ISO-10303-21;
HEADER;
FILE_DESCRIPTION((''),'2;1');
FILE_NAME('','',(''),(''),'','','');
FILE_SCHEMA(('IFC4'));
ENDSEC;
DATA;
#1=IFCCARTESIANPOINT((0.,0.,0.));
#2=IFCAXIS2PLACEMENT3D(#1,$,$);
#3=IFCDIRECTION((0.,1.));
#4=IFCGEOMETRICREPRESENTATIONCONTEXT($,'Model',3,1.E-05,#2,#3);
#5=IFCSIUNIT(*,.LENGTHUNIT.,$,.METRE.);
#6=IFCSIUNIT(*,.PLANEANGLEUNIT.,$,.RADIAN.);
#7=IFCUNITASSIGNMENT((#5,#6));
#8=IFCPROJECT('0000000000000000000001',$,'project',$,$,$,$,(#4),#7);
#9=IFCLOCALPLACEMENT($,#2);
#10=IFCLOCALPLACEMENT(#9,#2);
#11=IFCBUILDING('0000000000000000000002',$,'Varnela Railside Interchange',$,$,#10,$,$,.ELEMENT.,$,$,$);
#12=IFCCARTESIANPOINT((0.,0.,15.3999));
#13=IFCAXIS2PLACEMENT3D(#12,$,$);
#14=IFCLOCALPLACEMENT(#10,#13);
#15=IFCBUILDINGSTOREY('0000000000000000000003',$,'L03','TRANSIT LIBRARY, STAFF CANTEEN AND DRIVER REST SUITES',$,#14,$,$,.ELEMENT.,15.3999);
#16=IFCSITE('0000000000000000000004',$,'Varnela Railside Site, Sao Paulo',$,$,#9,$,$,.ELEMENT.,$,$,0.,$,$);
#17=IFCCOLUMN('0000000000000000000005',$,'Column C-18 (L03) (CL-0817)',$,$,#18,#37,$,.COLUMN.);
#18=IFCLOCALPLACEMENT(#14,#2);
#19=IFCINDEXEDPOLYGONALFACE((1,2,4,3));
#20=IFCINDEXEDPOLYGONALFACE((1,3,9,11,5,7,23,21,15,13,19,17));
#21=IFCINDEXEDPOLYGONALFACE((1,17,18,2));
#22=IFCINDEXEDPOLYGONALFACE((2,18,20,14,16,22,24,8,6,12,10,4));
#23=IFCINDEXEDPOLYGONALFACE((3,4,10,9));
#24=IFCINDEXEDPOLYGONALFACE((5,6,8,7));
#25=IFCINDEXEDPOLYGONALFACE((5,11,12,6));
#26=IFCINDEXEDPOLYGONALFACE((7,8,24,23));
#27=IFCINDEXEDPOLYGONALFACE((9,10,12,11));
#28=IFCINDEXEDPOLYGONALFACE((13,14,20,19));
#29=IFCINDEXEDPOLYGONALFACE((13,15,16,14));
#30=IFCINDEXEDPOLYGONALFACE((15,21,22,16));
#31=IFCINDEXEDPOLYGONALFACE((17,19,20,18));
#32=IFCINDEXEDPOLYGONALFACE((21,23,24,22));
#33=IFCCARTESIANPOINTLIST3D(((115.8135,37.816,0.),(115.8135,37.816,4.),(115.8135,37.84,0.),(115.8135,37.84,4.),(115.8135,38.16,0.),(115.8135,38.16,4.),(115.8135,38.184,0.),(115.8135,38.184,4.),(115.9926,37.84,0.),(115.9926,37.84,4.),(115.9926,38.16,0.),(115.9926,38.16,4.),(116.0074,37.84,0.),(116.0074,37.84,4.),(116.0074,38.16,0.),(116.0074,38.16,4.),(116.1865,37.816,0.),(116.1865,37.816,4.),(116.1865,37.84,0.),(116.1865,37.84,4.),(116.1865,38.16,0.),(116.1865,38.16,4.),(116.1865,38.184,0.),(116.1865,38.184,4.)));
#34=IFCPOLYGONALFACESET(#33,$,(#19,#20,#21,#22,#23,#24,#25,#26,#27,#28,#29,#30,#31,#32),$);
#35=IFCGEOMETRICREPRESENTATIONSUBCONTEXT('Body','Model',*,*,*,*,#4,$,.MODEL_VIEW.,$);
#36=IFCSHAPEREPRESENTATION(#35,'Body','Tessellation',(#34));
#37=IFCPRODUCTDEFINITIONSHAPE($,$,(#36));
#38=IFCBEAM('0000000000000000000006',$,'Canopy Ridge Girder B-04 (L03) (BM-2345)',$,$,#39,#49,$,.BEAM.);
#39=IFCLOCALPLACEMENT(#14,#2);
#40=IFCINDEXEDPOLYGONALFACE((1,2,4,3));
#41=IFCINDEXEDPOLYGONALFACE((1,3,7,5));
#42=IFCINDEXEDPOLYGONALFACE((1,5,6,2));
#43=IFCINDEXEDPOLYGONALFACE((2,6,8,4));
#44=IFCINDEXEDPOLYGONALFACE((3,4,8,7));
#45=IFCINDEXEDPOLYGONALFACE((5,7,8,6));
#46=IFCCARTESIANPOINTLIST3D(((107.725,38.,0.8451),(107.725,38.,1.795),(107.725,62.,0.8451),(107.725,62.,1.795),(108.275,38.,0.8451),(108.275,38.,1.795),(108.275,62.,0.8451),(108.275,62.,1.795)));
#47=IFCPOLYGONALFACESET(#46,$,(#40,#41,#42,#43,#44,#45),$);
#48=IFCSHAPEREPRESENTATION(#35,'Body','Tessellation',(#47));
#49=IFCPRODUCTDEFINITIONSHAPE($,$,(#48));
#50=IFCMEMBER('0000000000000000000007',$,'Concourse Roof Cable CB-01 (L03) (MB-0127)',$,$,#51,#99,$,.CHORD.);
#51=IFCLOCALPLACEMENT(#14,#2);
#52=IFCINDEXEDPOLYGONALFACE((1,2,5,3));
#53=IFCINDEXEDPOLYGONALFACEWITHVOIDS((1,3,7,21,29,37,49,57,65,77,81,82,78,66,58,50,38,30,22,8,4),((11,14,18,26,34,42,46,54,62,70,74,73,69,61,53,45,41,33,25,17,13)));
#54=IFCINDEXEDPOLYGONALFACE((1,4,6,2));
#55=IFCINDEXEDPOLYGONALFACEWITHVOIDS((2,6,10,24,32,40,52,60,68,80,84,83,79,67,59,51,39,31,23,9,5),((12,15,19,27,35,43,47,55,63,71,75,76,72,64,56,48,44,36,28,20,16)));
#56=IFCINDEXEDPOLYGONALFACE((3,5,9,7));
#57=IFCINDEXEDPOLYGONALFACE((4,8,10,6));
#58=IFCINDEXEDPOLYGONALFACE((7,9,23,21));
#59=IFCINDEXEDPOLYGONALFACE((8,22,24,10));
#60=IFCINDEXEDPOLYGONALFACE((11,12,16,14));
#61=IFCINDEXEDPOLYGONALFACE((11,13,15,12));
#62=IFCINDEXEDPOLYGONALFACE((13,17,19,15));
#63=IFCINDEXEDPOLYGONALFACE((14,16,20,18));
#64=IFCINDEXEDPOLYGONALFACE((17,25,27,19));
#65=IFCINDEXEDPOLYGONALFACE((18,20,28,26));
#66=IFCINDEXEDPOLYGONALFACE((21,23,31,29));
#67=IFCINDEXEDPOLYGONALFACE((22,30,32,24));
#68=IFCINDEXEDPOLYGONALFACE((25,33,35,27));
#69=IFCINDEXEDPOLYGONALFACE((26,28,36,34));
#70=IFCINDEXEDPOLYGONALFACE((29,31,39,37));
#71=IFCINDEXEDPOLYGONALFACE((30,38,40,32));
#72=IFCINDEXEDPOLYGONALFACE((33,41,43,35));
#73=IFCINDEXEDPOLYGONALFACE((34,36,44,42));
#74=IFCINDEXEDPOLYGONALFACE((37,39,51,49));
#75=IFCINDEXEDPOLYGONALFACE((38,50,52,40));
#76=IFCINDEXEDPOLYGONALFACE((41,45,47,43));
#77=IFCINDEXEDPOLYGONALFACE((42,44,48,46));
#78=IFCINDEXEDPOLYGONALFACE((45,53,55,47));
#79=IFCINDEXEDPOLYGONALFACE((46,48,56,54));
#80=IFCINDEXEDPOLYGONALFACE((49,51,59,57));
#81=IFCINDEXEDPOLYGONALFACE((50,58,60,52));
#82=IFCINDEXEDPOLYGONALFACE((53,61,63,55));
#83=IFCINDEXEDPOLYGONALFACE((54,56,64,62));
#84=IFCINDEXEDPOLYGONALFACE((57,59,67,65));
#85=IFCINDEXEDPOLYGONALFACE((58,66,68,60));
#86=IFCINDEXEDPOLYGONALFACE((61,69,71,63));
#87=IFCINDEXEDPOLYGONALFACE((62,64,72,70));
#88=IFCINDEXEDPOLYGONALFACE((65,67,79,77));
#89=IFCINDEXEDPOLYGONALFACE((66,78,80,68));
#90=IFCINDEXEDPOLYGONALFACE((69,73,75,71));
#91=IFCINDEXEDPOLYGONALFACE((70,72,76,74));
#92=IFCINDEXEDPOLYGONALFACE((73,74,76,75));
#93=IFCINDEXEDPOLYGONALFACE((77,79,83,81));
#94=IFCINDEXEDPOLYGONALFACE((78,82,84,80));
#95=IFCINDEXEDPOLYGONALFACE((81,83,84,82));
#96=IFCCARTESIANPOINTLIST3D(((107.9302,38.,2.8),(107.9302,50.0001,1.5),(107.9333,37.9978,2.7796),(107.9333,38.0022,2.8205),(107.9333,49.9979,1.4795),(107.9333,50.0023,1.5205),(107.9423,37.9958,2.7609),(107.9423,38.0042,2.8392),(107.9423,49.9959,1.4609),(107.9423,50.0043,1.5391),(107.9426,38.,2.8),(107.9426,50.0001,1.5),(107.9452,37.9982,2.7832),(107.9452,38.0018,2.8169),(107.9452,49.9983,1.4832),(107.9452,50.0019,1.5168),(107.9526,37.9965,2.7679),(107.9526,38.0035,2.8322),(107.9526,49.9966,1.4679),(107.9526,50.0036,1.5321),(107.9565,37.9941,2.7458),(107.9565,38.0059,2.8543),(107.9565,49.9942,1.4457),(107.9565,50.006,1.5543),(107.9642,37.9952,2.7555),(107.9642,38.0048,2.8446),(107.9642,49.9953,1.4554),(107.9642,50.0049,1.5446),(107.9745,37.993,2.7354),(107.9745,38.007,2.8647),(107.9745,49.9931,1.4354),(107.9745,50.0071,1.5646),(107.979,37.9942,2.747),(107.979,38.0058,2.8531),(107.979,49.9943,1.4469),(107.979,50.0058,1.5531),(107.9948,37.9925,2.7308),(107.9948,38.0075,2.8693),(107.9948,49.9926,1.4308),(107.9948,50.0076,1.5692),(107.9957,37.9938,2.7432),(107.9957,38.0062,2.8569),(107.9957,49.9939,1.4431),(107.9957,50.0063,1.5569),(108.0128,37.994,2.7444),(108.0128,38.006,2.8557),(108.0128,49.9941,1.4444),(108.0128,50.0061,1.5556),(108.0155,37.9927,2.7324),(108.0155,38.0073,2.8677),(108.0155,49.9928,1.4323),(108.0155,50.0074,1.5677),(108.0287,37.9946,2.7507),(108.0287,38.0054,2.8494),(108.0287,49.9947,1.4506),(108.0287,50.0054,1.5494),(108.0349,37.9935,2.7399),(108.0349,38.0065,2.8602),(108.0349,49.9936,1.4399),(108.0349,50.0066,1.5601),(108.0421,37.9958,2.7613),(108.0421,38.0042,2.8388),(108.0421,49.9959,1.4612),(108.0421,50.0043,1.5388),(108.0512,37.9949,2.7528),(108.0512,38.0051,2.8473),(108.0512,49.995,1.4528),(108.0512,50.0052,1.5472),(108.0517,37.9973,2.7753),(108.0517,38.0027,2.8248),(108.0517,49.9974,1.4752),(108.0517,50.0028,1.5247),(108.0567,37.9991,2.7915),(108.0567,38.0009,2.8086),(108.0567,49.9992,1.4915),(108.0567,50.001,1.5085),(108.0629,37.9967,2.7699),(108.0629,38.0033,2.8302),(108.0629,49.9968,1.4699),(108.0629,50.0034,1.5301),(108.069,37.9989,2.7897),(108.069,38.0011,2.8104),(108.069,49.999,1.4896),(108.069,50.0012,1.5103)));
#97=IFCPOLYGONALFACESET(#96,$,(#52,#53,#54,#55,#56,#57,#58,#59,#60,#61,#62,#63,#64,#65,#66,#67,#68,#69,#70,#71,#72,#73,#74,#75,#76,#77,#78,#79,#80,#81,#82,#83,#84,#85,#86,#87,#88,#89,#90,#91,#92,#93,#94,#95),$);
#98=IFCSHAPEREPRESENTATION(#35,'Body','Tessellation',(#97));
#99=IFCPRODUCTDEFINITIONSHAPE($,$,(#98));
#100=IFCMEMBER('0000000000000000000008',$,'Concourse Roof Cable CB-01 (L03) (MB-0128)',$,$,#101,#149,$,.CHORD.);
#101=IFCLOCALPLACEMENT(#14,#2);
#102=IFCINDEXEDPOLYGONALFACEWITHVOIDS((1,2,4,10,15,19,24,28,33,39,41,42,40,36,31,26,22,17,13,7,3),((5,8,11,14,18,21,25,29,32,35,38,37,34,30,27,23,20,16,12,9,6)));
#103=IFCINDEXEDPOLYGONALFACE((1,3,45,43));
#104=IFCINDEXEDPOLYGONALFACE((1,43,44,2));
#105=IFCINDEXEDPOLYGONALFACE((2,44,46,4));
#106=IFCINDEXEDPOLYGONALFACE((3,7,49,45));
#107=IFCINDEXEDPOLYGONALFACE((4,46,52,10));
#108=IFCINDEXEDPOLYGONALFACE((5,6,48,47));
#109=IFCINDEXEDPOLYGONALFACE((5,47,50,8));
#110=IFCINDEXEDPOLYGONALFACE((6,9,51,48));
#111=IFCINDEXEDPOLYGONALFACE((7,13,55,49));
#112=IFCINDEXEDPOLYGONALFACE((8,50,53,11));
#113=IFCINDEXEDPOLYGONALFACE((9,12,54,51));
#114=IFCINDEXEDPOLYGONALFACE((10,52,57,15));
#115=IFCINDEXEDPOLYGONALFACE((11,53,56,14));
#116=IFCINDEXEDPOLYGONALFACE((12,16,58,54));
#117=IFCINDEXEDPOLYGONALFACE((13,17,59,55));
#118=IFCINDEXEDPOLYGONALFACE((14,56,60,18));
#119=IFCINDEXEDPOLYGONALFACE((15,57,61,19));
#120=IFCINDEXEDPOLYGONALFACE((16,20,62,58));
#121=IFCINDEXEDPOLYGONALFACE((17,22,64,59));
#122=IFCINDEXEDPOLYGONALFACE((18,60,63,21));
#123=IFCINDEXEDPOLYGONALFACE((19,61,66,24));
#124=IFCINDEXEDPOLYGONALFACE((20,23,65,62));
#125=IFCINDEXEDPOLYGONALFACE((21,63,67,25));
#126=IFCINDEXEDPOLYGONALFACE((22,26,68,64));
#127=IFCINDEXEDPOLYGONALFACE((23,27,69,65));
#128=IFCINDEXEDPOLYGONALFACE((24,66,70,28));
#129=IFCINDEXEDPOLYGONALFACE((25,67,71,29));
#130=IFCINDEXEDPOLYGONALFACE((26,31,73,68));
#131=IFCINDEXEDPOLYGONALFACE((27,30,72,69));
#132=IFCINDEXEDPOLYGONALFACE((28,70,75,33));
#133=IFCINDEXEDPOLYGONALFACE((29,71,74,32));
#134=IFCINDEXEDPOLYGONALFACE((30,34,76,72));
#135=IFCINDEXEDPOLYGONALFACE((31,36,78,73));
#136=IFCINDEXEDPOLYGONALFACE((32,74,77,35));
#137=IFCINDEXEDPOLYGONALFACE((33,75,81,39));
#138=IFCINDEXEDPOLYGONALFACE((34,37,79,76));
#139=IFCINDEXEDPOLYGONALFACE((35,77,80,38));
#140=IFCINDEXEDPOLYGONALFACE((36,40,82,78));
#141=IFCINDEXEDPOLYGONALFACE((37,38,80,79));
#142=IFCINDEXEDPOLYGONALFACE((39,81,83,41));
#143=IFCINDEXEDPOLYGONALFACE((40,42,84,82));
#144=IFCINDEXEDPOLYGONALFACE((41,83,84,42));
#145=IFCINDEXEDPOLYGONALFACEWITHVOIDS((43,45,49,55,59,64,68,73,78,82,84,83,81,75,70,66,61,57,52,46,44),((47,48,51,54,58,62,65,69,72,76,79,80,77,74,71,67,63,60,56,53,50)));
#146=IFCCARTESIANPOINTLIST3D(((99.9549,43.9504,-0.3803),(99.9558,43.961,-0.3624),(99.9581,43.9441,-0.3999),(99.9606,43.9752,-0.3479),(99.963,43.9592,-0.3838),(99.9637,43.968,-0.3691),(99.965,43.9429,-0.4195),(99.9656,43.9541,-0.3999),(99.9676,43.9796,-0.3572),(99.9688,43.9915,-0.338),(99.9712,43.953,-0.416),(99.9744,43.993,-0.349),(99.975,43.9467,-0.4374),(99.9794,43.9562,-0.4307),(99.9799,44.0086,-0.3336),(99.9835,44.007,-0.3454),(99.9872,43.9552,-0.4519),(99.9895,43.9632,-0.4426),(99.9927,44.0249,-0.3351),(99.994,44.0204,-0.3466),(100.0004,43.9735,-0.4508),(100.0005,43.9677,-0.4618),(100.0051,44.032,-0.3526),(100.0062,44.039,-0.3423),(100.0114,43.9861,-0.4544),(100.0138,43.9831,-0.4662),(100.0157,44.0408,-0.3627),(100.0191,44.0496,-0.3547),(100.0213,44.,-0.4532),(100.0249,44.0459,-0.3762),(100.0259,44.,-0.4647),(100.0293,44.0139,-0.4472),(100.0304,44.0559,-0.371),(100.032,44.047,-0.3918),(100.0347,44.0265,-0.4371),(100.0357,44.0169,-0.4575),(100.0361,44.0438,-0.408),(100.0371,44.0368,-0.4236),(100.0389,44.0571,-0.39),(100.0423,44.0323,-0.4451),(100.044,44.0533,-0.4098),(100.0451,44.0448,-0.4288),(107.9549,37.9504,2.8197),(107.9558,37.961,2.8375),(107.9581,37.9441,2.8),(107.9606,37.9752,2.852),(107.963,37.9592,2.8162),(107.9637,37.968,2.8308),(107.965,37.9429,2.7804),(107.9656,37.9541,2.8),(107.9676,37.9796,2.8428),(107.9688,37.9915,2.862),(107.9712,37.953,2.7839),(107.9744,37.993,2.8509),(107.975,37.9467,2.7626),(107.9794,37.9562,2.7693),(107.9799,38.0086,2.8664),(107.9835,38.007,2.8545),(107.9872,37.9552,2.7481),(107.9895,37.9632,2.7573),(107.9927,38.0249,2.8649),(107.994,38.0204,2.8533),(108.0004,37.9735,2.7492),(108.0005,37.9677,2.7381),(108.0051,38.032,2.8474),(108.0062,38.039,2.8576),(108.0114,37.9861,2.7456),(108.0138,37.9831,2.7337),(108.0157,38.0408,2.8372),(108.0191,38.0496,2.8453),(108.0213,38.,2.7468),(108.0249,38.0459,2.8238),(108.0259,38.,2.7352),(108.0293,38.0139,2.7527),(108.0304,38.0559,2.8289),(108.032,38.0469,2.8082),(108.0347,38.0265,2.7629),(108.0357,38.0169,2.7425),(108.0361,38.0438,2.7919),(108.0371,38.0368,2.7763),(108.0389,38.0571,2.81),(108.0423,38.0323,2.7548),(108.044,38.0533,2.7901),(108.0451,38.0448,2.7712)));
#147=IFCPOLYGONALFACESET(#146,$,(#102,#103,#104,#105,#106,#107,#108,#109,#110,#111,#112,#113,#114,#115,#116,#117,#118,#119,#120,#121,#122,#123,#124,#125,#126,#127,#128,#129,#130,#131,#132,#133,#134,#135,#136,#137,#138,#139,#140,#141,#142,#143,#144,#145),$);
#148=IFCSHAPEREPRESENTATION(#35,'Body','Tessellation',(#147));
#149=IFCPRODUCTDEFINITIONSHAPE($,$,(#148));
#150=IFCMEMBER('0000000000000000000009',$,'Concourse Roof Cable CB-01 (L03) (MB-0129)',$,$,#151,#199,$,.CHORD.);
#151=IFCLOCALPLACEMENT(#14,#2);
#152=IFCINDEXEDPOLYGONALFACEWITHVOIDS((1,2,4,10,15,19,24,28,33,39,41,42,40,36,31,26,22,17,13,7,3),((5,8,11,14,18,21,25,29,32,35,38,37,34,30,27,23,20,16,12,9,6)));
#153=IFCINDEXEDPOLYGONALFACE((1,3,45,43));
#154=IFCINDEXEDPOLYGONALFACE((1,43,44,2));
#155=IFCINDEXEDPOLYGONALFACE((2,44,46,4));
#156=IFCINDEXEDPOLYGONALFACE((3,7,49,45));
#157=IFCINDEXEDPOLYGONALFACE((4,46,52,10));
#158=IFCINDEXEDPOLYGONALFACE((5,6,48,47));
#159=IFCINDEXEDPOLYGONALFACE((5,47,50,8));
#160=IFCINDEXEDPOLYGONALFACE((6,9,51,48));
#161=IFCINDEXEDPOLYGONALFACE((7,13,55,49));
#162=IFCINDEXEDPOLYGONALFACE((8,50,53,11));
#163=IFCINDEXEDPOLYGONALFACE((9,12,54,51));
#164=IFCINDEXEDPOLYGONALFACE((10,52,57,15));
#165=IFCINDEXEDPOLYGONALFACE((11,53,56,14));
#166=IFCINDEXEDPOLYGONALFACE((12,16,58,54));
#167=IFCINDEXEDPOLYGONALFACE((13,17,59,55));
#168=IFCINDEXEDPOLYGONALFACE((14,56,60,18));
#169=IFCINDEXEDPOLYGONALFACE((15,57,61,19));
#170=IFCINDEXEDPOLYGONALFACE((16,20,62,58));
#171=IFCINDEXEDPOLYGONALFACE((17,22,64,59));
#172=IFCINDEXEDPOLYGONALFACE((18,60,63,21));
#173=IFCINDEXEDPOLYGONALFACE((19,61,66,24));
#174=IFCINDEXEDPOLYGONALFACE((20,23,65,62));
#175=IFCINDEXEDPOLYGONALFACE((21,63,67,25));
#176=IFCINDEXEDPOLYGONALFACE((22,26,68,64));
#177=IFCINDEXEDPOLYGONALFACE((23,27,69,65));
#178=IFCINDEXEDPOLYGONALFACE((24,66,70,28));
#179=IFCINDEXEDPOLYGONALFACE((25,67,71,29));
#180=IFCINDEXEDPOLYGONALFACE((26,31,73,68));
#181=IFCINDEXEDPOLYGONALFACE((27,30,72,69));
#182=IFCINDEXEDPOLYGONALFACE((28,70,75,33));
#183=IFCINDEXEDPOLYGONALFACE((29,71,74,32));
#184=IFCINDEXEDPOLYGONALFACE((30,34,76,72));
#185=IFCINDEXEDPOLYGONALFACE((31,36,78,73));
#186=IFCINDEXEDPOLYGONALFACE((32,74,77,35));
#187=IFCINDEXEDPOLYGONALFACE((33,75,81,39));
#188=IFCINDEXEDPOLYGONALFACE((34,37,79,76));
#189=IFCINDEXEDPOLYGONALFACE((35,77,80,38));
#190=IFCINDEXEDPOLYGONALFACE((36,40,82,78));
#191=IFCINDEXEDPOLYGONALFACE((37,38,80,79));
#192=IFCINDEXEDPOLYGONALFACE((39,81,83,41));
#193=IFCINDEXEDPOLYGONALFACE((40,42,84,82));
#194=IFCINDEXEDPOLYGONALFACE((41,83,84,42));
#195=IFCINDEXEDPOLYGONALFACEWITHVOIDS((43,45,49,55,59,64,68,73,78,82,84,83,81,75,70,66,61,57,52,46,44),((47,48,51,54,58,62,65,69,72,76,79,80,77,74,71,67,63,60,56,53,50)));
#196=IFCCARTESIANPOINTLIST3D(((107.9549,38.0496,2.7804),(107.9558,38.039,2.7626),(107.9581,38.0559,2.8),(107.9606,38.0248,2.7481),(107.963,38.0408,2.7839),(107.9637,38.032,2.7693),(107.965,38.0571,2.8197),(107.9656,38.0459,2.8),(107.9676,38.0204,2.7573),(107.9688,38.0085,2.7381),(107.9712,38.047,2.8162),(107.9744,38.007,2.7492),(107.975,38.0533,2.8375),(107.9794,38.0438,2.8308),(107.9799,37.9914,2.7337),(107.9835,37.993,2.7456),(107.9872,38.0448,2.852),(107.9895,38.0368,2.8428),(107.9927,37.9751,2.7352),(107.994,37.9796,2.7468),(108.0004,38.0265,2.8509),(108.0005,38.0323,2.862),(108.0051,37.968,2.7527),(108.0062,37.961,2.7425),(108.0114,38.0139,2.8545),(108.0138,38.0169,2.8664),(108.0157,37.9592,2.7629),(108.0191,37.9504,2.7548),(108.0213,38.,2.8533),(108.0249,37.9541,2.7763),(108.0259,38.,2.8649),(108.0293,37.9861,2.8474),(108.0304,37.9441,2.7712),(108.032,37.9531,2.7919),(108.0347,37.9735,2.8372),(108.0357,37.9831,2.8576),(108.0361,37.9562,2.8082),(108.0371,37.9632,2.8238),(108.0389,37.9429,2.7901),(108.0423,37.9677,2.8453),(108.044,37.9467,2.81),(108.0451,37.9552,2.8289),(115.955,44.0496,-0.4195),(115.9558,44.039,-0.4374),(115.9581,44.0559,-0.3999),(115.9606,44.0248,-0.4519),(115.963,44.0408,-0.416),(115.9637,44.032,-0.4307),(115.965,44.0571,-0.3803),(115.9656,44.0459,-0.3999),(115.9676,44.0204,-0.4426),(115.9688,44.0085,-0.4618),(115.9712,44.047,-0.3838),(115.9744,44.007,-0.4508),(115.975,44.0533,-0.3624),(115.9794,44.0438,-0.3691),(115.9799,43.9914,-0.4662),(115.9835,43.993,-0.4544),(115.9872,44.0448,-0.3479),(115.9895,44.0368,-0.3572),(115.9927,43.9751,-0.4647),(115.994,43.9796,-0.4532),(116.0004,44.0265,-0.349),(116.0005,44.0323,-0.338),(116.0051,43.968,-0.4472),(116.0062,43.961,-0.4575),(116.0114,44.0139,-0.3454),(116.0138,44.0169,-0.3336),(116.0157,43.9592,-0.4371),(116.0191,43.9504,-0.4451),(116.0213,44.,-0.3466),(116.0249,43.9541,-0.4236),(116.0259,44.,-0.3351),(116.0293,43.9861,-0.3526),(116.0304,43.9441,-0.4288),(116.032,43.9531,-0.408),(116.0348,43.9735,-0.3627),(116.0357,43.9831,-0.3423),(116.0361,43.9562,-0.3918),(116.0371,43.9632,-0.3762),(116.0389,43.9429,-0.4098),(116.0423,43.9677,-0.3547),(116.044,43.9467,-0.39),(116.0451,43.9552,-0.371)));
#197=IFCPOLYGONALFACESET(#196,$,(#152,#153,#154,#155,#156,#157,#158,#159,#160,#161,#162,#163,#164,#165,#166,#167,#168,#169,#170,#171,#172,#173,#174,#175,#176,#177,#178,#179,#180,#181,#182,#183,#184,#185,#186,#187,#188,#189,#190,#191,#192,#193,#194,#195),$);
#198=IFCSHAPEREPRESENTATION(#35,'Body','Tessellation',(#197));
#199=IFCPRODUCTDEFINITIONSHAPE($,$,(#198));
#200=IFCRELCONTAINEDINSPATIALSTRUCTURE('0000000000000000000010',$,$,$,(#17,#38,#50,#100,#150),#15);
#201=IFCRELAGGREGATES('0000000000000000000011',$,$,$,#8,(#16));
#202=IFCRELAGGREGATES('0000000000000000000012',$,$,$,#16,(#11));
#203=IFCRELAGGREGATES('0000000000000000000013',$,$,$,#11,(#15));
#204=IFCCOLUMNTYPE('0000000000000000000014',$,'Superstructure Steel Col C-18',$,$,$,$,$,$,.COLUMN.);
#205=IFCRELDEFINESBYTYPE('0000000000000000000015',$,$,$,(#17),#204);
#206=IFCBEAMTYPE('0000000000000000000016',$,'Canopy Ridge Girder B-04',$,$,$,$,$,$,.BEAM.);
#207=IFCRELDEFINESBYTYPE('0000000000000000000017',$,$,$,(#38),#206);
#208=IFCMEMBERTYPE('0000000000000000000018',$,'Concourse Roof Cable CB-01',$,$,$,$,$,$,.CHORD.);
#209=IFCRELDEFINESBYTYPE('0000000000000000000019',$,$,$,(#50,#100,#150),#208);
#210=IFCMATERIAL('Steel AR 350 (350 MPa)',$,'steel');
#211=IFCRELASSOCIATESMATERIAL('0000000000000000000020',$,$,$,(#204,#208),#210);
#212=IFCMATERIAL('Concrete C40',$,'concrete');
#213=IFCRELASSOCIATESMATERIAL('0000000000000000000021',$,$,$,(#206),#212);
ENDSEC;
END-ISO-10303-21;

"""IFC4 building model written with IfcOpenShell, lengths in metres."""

from ifc_helpers import new_model, si_unit, direction, frame, origin, origin_2d, place, context, subcontext, project, spatial, rectangle, hollow_circle, i_section, extrude, material, material_profile, profile_set, type_object, element, save


model = new_model("IFC4")

# Units and contexts
model_context = context("Model", 3, precision=1e-05, world=origin(), true_north=direction((0.0, 1.0)))
body_context = subcontext(model_context, "Body", "Model", "MODEL_VIEW")
ifc_project = project(units=[si_unit("LENGTHUNIT", "METRE"), si_unit("PLANEANGLEUNIT", "RADIAN")], contexts=[model_context])

# Site, building, storey
site_placement = place(None, origin())
site = spatial("IfcSite", under=ifc_project, at=site_placement, Name="Varnela Railside Site, Sao Paulo", CompositionType="ELEMENT", RefElevation=0.0)
building_placement = place(site_placement, origin())
building = spatial("IfcBuilding", under=site, at=building_placement, Name="Varnela Railside Interchange", CompositionType="ELEMENT")
storey_placement = place(building_placement, frame((0.0, 0.0, 15.3999)))
storey = spatial("IfcBuildingStorey", under=building, at=storey_placement, Name="L03", Description="TRANSIT LIBRARY, STAFF CANTEEN AND DRIVER REST SUITES", CompositionType="ELEMENT", Elevation=15.3999)

# Column
ifc_material_1 = material(Name="Steel AR 350 (350 MPa)", Category="steel")
ifc_material_profile_1 = material_profile(ifc_material_1, i_section(OverallWidth=0.373, OverallDepth=0.3679, WebThickness=0.0149, FlangeThickness=0.0239, at=origin_2d()), Name="W360x179")
ifc_profile_set_1 = profile_set([ifc_material_profile_1], Name="Steel AR 350 (350 MPa)")
column_type = type_object("IfcColumnType", Name="Superstructure Steel Col C-18", PredefinedType="COLUMN", material=ifc_profile_set_1)
column_placement = place(storey_placement, frame((116.0, 38.0, 0.0), z_axis=(0.0, 0.0, 1.0), x_axis=(1.0, 0.0, 0.0)))
element("IfcColumn", 1, at=column_placement, inside=storey, type_object=column_type, Name="Column C-18 (L03) (CL-0817)", PredefinedType="COLUMN", context=body_context, shape_type="SweptSolid", body=[
    extrude(i_section(OverallWidth=0.373, OverallDepth=0.3679, WebThickness=0.0149, FlangeThickness=0.0239, at=origin_2d()), origin(), (0.0, 0.0, 1.0), 4.0),
])

# Beam
ifc_material_2 = material(Name="Concrete C40", Category="concrete")
ifc_material_profile_2 = material_profile(ifc_material_2, rectangle(XDim=0.55, YDim=0.95, at=origin_2d()), Name="RC 550x950")
ifc_profile_set_2 = profile_set([ifc_material_profile_2], Name="Concrete C40")
beam_type_1 = type_object("IfcBeamType", Name="Canopy Ridge Girder B-04", PredefinedType="BEAM", material=ifc_profile_set_2)
beam_1_placement = place(storey_placement, frame((108.0, 38.0, 1.3201), z_axis=(0.0, 1.0, 0.0), x_axis=(-1.0, 0.0, 0.0)))
element("IfcBeam", 2, at=beam_1_placement, inside=storey, type_object=beam_type_1, Name="Canopy Ridge Girder B-04 (L03) (BM-2345)", PredefinedType="BEAM", context=body_context, shape_type="SweptSolid", body=[
    extrude(rectangle(XDim=0.55, YDim=0.95, at=origin_2d()), origin(), (0.0, 0.0, 1.0), 24.0),
])

# Members
ifc_material_profile_3 = material_profile(ifc_material_1, hollow_circle(Radius=0.0698, WallThickness=0.0125, at=origin_2d()), Name="CHS 139.7x12.5")
ifc_profile_set_3 = profile_set([ifc_material_profile_3], Name="Steel AR 350 (350 MPa)")
member_type_1 = type_object("IfcMemberType", Name="Concourse Roof Cable CB-01", PredefinedType="CHORD", material=ifc_profile_set_3)
member_1_placement = place(storey_placement, frame((108.0, 38.0, 2.8), z_axis=(0.0, 0.994183, -0.107707), x_axis=(-1.0, 0.0, 0.0)))
element("IfcMember", 3, at=member_1_placement, inside=storey, type_object=member_type_1, Name="Concourse Roof Cable CB-01 (L03) (MB-0127)", PredefinedType="CHORD", context=body_context, shape_type="SweptSolid", body=[
    extrude(hollow_circle(Radius=0.0698, WallThickness=0.0125, at=origin_2d()), origin(), (0.0, 0.0, 1.0), 12.0703),
])
for number, where, z_axis, x_axis, name in (
    (4, (108.0, 38.0, 2.8), (-0.76194, 0.571455, -0.304772), (-0.6, -0.8, 0.0), "Concourse Roof Cable CB-01 (L03) (MB-0128)"),
    (5, (108.0, 38.0, 2.8), (0.76194, 0.571455, -0.304772), (-0.6, 0.8, 0.0), "Concourse Roof Cable CB-01 (L03) (MB-0129)"),
):
    element("IfcMember", number, at=place(storey_placement, frame(where, z_axis=z_axis, x_axis=x_axis)), inside=storey, type_object=member_type_1, Name=name, PredefinedType="CHORD", context=body_context, shape_type="SweptSolid", body=[
        extrude(hollow_circle(Radius=0.0698, WallThickness=0.0125, at=origin_2d()), origin(), (0.0, 0.0, 1.0), 10.4995),
    ])

save(model, "model.ifc")
